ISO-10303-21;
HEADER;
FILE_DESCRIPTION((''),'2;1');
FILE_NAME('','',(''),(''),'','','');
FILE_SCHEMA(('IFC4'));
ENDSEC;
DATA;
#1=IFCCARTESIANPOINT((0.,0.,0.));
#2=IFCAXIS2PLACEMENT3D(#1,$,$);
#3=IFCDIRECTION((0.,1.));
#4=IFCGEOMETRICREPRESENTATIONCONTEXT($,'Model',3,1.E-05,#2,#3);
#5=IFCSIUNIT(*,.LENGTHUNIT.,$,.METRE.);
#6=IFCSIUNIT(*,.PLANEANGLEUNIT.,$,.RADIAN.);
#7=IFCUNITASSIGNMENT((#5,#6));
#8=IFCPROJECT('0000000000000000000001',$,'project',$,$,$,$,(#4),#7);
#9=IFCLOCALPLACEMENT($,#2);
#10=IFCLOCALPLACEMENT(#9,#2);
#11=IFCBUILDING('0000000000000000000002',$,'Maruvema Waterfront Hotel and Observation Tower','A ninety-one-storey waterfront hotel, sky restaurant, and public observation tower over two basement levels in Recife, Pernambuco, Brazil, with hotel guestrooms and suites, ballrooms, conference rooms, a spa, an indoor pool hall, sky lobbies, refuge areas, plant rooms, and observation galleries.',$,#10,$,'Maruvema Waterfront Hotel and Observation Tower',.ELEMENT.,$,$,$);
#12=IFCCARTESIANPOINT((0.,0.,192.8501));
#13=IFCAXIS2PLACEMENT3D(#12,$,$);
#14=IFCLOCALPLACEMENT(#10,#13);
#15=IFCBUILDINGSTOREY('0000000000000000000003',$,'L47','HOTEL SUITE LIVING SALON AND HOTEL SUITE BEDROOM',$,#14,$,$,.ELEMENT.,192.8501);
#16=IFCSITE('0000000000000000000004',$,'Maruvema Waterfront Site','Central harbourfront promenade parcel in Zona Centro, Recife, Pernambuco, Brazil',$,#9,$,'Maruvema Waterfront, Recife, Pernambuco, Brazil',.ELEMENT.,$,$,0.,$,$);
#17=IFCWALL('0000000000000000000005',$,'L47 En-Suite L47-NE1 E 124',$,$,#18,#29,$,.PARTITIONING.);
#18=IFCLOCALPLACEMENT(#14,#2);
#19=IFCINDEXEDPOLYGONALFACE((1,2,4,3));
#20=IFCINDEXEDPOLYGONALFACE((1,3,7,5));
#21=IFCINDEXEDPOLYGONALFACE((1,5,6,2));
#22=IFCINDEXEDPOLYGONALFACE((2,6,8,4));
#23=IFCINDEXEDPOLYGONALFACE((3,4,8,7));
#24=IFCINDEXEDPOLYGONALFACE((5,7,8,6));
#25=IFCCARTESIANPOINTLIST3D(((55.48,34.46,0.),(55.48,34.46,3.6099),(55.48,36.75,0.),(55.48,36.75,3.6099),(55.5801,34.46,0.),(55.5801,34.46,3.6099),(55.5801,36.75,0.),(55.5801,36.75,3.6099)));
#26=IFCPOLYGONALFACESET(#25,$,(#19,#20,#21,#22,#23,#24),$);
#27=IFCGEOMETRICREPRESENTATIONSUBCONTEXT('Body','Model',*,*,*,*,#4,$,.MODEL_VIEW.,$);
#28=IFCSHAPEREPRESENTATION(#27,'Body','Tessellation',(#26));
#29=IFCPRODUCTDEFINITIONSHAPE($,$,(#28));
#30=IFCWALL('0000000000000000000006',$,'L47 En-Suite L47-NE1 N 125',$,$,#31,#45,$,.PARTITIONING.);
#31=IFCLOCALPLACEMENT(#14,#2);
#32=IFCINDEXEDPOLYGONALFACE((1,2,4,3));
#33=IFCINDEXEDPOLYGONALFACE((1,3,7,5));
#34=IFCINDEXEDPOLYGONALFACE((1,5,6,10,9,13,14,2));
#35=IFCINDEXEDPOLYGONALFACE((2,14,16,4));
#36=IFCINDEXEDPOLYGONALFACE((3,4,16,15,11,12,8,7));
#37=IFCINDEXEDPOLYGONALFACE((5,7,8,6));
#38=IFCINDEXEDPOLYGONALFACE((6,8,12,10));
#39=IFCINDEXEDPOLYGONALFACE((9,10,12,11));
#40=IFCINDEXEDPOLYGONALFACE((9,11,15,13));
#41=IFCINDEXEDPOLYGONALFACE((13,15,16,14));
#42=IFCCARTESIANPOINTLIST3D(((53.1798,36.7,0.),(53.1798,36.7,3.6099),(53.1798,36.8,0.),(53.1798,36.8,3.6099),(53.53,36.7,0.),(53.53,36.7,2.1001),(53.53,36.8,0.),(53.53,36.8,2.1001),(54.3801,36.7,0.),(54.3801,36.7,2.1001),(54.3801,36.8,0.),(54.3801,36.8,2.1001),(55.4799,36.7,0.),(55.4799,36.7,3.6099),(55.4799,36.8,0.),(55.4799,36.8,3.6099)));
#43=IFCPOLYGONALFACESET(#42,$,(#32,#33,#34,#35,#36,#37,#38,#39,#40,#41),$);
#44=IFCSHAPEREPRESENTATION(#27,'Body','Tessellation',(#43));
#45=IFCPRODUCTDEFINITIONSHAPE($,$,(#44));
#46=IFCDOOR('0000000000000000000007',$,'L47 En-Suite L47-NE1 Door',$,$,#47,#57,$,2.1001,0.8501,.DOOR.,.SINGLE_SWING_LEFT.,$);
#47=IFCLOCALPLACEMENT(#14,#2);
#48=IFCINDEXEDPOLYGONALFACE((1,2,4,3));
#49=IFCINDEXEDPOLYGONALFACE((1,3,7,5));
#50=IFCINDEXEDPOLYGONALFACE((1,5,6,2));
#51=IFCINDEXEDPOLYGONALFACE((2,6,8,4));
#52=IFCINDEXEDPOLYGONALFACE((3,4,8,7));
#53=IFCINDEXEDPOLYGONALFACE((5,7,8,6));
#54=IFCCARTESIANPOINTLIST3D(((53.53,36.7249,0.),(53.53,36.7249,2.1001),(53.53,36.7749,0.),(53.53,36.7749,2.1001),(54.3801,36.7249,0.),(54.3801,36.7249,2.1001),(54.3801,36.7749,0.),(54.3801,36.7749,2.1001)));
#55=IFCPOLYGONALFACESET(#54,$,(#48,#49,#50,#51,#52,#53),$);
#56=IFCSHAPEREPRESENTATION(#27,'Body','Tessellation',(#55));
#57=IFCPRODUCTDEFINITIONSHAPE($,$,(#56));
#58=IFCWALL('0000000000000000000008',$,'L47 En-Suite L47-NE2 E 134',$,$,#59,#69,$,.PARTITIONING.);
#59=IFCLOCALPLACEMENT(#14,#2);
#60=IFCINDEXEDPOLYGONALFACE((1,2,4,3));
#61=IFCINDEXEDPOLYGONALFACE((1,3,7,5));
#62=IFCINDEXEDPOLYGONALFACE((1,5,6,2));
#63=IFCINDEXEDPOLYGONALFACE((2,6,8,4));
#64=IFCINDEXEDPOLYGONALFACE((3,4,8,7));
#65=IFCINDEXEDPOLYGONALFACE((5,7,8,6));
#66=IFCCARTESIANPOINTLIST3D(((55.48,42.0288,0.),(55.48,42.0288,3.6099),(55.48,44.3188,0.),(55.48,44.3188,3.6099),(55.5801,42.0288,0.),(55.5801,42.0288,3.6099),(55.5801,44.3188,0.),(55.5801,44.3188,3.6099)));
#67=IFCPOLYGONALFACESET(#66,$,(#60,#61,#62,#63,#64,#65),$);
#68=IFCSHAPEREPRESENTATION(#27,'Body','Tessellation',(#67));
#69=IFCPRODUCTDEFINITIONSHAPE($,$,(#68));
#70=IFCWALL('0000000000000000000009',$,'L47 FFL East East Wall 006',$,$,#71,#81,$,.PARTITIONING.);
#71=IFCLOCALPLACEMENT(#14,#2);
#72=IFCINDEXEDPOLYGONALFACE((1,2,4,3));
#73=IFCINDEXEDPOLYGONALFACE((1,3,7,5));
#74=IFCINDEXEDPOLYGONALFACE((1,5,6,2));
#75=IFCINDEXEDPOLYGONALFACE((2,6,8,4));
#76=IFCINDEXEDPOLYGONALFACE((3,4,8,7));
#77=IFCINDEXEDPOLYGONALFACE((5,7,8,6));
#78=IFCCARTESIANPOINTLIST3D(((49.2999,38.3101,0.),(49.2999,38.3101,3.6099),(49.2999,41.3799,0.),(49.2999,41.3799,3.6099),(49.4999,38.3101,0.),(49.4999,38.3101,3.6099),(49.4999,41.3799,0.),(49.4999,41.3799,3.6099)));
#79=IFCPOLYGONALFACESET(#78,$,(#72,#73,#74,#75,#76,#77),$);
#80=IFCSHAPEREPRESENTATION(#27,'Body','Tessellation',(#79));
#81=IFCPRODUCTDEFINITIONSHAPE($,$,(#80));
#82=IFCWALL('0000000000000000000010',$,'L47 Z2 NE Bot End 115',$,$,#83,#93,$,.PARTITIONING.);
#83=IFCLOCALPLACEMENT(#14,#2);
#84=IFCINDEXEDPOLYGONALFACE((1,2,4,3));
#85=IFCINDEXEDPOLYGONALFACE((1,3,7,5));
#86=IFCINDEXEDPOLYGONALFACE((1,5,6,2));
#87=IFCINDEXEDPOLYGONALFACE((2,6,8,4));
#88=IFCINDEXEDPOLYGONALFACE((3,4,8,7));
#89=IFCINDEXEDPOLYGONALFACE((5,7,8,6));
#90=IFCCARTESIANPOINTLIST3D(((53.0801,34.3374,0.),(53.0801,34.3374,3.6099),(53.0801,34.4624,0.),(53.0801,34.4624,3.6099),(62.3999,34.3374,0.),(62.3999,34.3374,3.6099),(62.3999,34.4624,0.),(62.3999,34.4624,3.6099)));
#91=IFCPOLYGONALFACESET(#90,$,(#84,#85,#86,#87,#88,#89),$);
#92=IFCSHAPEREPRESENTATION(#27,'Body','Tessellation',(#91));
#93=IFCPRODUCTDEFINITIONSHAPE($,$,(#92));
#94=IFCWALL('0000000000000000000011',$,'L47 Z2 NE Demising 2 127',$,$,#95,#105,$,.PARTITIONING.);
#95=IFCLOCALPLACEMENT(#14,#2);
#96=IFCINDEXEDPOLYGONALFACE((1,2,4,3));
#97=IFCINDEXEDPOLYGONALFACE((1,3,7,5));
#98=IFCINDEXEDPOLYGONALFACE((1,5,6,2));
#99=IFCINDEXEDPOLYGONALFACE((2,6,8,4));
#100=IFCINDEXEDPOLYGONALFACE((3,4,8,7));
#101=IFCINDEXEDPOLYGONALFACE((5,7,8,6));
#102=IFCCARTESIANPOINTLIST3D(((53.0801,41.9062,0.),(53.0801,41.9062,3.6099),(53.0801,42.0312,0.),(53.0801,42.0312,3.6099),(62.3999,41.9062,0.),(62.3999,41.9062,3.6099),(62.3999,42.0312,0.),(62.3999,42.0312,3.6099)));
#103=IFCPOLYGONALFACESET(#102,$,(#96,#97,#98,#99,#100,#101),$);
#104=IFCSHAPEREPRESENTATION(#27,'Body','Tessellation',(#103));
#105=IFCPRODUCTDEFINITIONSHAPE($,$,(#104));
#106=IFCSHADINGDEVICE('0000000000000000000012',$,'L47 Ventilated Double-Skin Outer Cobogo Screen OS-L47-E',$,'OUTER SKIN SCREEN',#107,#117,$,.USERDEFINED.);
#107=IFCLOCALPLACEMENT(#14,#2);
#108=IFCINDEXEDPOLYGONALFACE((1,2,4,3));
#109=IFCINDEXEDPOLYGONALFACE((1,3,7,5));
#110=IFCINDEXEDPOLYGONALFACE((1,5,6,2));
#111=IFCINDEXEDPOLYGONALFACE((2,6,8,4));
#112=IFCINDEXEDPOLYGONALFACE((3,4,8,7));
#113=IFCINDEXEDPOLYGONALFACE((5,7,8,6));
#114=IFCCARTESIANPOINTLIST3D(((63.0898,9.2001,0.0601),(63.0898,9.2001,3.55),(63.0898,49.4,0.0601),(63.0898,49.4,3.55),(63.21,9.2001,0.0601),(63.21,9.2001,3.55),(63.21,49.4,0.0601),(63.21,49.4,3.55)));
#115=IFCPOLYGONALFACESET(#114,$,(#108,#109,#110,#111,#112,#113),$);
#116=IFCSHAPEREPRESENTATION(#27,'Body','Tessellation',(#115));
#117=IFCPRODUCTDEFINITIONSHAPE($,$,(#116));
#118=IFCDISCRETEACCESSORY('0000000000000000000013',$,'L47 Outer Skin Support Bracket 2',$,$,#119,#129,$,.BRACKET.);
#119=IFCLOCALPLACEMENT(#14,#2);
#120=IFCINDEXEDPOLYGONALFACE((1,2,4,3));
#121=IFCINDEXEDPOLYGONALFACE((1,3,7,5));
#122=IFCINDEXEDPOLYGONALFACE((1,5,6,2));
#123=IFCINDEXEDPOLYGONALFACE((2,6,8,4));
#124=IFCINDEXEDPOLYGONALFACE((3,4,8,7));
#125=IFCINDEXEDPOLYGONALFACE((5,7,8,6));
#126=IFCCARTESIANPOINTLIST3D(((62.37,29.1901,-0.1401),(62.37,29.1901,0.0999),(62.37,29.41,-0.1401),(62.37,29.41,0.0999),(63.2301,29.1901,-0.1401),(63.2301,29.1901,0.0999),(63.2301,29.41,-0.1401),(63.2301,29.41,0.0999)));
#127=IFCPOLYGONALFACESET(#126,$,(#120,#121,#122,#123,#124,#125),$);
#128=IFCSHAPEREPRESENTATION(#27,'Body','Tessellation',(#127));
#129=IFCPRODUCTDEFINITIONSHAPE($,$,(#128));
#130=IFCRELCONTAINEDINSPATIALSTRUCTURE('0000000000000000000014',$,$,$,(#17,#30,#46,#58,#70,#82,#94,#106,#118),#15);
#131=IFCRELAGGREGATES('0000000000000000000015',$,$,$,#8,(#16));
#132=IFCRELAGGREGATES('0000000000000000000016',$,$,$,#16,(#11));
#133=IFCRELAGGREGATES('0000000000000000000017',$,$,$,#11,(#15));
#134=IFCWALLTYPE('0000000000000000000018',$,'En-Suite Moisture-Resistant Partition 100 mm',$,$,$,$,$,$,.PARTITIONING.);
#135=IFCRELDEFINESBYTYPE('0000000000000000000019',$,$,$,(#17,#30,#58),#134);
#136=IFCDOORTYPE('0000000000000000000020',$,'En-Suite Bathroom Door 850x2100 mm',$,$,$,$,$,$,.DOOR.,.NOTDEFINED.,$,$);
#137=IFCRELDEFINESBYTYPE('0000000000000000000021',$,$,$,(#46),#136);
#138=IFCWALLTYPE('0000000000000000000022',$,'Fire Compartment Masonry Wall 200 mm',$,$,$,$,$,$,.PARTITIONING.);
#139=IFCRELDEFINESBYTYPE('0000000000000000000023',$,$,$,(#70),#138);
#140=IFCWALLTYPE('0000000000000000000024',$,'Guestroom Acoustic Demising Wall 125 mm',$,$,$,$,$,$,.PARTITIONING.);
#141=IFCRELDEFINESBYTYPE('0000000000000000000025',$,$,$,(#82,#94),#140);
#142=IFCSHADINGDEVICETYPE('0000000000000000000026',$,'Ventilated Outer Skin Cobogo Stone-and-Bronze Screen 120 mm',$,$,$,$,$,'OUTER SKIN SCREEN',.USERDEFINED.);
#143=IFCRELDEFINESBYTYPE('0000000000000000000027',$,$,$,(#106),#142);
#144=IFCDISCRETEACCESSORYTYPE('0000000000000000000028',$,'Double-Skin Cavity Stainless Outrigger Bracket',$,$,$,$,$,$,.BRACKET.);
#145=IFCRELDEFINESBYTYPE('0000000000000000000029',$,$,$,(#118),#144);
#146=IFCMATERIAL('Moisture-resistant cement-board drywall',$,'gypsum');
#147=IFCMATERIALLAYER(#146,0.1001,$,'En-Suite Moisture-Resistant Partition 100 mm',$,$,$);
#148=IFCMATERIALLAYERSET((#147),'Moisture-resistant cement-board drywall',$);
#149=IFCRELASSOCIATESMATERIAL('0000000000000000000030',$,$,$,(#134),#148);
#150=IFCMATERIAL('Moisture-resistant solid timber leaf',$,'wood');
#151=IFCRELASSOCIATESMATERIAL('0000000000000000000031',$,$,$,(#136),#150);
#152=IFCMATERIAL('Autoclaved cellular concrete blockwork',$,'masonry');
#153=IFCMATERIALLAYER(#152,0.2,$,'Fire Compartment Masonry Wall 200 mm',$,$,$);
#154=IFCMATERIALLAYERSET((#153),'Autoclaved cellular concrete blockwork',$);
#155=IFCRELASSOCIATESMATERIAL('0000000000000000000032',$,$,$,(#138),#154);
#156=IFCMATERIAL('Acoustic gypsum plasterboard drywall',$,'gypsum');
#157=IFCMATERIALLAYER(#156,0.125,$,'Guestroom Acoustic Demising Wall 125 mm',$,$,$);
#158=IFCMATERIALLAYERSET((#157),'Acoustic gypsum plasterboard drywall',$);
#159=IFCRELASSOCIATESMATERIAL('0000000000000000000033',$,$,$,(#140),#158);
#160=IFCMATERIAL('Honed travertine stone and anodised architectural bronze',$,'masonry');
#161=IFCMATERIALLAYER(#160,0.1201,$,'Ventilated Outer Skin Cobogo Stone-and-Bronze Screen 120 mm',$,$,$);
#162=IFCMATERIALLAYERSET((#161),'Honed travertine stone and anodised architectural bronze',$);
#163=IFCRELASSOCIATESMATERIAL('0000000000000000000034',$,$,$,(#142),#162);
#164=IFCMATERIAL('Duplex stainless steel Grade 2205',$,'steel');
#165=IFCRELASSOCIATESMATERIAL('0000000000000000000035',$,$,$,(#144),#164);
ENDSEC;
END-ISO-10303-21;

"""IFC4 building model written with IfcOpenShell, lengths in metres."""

from ifc_helpers import new_model, si_unit, direction, frame, frame_2d, origin, origin_2d, place, context, subcontext, project, spatial, rectangle, extrude, material, layer, layer_set, type_object, element, fill, save


model = new_model("IFC4")

# Units and contexts
model_context = context("Model", 3, precision=1e-05, world=origin(), true_north=direction((0.0, 1.0)))
body_context = subcontext(model_context, "Body", "Model", "MODEL_VIEW")
ifc_project = project(units=[si_unit("LENGTHUNIT", "METRE"), si_unit("PLANEANGLEUNIT", "RADIAN")], contexts=[model_context])

# Site, building, storey
site_placement = place(None, origin())
site = spatial("IfcSite", under=ifc_project, at=site_placement, Name="Maruvema Waterfront Site", Description="Central harbourfront promenade parcel in Zona Centro, Recife, Pernambuco, Brazil", LongName="Maruvema Waterfront, Recife, Pernambuco, Brazil", CompositionType="ELEMENT", RefElevation=0.0)
building_placement = place(site_placement, origin())
building = spatial("IfcBuilding", under=site, at=building_placement, Name="Maruvema Waterfront Hotel and Observation Tower", Description="A ninety-one-storey waterfront hotel, sky restaurant, and public observation tower over two basement levels in Recife, Pernambuco, Brazil, with hotel guestrooms and suites, ballrooms, conference rooms, a spa, an indoor pool hall, sky lobbies, refuge areas, plant rooms, and observation galleries.", LongName="Maruvema Waterfront Hotel and Observation Tower", CompositionType="ELEMENT")
storey_placement = place(building_placement, frame((0.0, 0.0, 192.8501)))
storey = spatial("IfcBuildingStorey", under=building, at=storey_placement, Name="L47", Description="HOTEL SUITE LIVING SALON AND HOTEL SUITE BEDROOM", CompositionType="ELEMENT", Elevation=192.8501)

# Wall
ifc_material_1 = material(Name="Moisture-resistant cement-board drywall", Category="gypsum")
ifc_layer_1 = layer(ifc_material_1, 0.1001, Name="En-Suite Moisture-Resistant Partition 100 mm")
ifc_layer_set_1 = layer_set([ifc_layer_1], Name="Moisture-resistant cement-board drywall")
wall_type_1 = type_object("IfcWallType", Name="En-Suite Moisture-Resistant Partition 100 mm", PredefinedType="PARTITIONING", material=ifc_layer_set_1)
wall_1_placement = place(storey_placement, frame((55.53, 34.46, 0.0), z_axis=(0.0, 0.0, 1.0), x_axis=(0.0, 1.0, 0.0)))
element("IfcWall", 1, at=wall_1_placement, inside=storey, type_object=wall_type_1, Name="L47 En-Suite L47-NE1 E 124", PredefinedType="PARTITIONING", context=body_context, shape_type="SweptSolid", body=[
    extrude(rectangle(XDim=2.29, YDim=0.1001, at=frame_2d((1.145, 0.0))), origin(), (0.0, 0.0, 1.0), 3.6099),
])

# Wall, opening, door
wall_2_placement = place(storey_placement, frame((53.1799, 36.75, 0.0), z_axis=(0.0, 0.0, 1.0), x_axis=(1.0, 0.0, 0.0)))
wall_2 = element("IfcWall", 2, at=wall_2_placement, inside=storey, type_object=wall_type_1, Name="L47 En-Suite L47-NE1 N 125", PredefinedType="PARTITIONING", context=body_context, shape_type="SweptSolid", body=[
    extrude(rectangle(XDim=2.3, YDim=0.1001, at=frame_2d((1.1499, 0.0))), origin(), (0.0, 0.0, 1.0), 3.6099),
])
opening_1_placement = place(wall_2_placement, frame((0.3501, 0.0, 0.0)))
opening_1 = element("IfcOpeningElement", 3, at=opening_1_placement, cuts=wall_2, PredefinedType="OPENING", context=body_context, shape_type="SweptSolid", body=[
    extrude(rectangle(XDim=0.8501, YDim=2.1001, at=frame_2d((0.425, 1.05))), frame((0.0, 0.0601, 0.0), z_axis=(0.0, -1.0, 0.0), x_axis=(1.0, 0.0, 0.0)), (0.0, 0.0, 1.0), 0.1201),
])
ifc_material_2 = material(Name="Moisture-resistant solid timber leaf", Category="wood")
door_type_1 = type_object("IfcDoorType", Name="En-Suite Bathroom Door 850x2100 mm", OperationType="NOTDEFINED", PredefinedType="DOOR", material=ifc_material_2)
door_1_placement = place(opening_1_placement, origin())
door_1 = element("IfcDoor", 4, at=door_1_placement, inside=storey, type_object=door_type_1, Name="L47 En-Suite L47-NE1 Door", OperationType="SINGLE_SWING_LEFT", OverallHeight=2.1001, OverallWidth=0.8501, PredefinedType="DOOR", context=body_context, shape_type="SweptSolid", body=[
    extrude(rectangle(XDim=0.8501, YDim=2.1001, at=frame_2d((0.425, 1.05))), frame((0.0, 0.0249, 0.0), z_axis=(0.0, -1.0, 0.0), x_axis=(1.0, 0.0, 0.0)), (0.0, 0.0, 1.0), 0.05),
])
fill(opening_1, door_1)

# Walls
wall_3_placement = place(storey_placement, frame((55.53, 42.0288, 0.0), z_axis=(0.0, 0.0, 1.0), x_axis=(0.0, 1.0, 0.0)))
element("IfcWall", 5, at=wall_3_placement, inside=storey, type_object=wall_type_1, Name="L47 En-Suite L47-NE2 E 134", PredefinedType="PARTITIONING", context=body_context, shape_type="SweptSolid", body=[
    extrude(rectangle(XDim=2.29, YDim=0.1001, at=frame_2d((1.145, 0.0))), origin(), (0.0, 0.0, 1.0), 3.6099),
])
ifc_material_3 = material(Name="Autoclaved cellular concrete blockwork", Category="masonry")
ifc_layer_2 = layer(ifc_material_3, 0.2, Name="Fire Compartment Masonry Wall 200 mm")
ifc_layer_set_2 = layer_set([ifc_layer_2], Name="Autoclaved cellular concrete blockwork")
wall_type_2 = type_object("IfcWallType", Name="Fire Compartment Masonry Wall 200 mm", PredefinedType="PARTITIONING", material=ifc_layer_set_2)
wall_4_placement = place(storey_placement, frame((49.3999, 38.3101, 0.0), z_axis=(0.0, 0.0, 1.0), x_axis=(0.0, 1.0, 0.0)))
element("IfcWall", 6, at=wall_4_placement, inside=storey, type_object=wall_type_2, Name="L47 FFL East East Wall 006", PredefinedType="PARTITIONING", context=body_context, shape_type="SweptSolid", body=[
    extrude(rectangle(XDim=3.0698, YDim=0.2, at=frame_2d((1.5349, 0.0))), origin(), (0.0, 0.0, 1.0), 3.6099),
])
ifc_material_4 = material(Name="Acoustic gypsum plasterboard drywall", Category="gypsum")
ifc_layer_3 = layer(ifc_material_4, 0.125, Name="Guestroom Acoustic Demising Wall 125 mm")
ifc_layer_set_3 = layer_set([ifc_layer_3], Name="Acoustic gypsum plasterboard drywall")
wall_type_3 = type_object("IfcWallType", Name="Guestroom Acoustic Demising Wall 125 mm", PredefinedType="PARTITIONING", material=ifc_layer_set_3)
for number, where, z_axis, x_axis, name in (
    (7, (53.0801, 34.3999, 0.0), (0.0, 0.0, 1.0), (1.0, 0.0, 0.0), "L47 Z2 NE Bot End 115"),
    (8, (53.0801, 41.9688, 0.0), (0.0, 0.0, 1.0), (1.0, 0.0, 0.0), "L47 Z2 NE Demising 2 127"),
):
    element("IfcWall", number, at=place(storey_placement, frame(where, z_axis=z_axis, x_axis=x_axis)), inside=storey, type_object=wall_type_3, Name=name, PredefinedType="PARTITIONING", context=body_context, shape_type="SweptSolid", body=[
        extrude(rectangle(XDim=9.3198, YDim=0.125, at=frame_2d((4.6599, 0.0))), origin(), (0.0, 0.0, 1.0), 3.6099),
    ])

# Shading device
ifc_material_5 = material(Name="Honed travertine stone and anodised architectural bronze", Category="masonry")
ifc_layer_4 = layer(ifc_material_5, 0.1201, Name="Ventilated Outer Skin Cobogo Stone-and-Bronze Screen 120 mm")
ifc_layer_set_4 = layer_set([ifc_layer_4], Name="Honed travertine stone and anodised architectural bronze")
shading_device_type = type_object("IfcShadingDeviceType", Name="Ventilated Outer Skin Cobogo Stone-and-Bronze Screen 120 mm", ElementType="OUTER SKIN SCREEN", PredefinedType="USERDEFINED", material=ifc_layer_set_4)
shading_device_placement = place(storey_placement, frame((63.1499, 29.3, 0.0601), z_axis=(0.0, 0.0, 1.0), x_axis=(0.0, 1.0, 0.0)))
element("IfcShadingDevice", 9, at=shading_device_placement, inside=storey, type_object=shading_device_type, Name="L47 Ventilated Double-Skin Outer Cobogo Screen OS-L47-E", ObjectType="OUTER SKIN SCREEN", PredefinedType="USERDEFINED", context=body_context, shape_type="SweptSolid", body=[
    extrude(rectangle(XDim=40.2, YDim=0.1201, at=origin_2d()), origin(), (0.0, 0.0, 1.0), 3.49),
])

# Discrete accessory
ifc_material_6 = material(Name="Duplex stainless steel Grade 2205", Category="steel")
discrete_accessory_type = type_object("IfcDiscreteAccessoryType", Name="Double-Skin Cavity Stainless Outrigger Bracket", PredefinedType="BRACKET", material=ifc_material_6)
discrete_accessory_placement = place(storey_placement, frame((62.8, 29.3, -0.1401), z_axis=(0.0, 0.0, 1.0), x_axis=(0.0, 1.0, 0.0)))
element("IfcDiscreteAccessory", 10, at=discrete_accessory_placement, inside=storey, type_object=discrete_accessory_type, Name="L47 Outer Skin Support Bracket 2", PredefinedType="BRACKET", context=body_context, shape_type="SweptSolid", body=[
    extrude(rectangle(XDim=0.22, YDim=0.8601, at=origin_2d()), origin(), (0.0, 0.0, 1.0), 0.24),
])

save(model, "model.ifc")
